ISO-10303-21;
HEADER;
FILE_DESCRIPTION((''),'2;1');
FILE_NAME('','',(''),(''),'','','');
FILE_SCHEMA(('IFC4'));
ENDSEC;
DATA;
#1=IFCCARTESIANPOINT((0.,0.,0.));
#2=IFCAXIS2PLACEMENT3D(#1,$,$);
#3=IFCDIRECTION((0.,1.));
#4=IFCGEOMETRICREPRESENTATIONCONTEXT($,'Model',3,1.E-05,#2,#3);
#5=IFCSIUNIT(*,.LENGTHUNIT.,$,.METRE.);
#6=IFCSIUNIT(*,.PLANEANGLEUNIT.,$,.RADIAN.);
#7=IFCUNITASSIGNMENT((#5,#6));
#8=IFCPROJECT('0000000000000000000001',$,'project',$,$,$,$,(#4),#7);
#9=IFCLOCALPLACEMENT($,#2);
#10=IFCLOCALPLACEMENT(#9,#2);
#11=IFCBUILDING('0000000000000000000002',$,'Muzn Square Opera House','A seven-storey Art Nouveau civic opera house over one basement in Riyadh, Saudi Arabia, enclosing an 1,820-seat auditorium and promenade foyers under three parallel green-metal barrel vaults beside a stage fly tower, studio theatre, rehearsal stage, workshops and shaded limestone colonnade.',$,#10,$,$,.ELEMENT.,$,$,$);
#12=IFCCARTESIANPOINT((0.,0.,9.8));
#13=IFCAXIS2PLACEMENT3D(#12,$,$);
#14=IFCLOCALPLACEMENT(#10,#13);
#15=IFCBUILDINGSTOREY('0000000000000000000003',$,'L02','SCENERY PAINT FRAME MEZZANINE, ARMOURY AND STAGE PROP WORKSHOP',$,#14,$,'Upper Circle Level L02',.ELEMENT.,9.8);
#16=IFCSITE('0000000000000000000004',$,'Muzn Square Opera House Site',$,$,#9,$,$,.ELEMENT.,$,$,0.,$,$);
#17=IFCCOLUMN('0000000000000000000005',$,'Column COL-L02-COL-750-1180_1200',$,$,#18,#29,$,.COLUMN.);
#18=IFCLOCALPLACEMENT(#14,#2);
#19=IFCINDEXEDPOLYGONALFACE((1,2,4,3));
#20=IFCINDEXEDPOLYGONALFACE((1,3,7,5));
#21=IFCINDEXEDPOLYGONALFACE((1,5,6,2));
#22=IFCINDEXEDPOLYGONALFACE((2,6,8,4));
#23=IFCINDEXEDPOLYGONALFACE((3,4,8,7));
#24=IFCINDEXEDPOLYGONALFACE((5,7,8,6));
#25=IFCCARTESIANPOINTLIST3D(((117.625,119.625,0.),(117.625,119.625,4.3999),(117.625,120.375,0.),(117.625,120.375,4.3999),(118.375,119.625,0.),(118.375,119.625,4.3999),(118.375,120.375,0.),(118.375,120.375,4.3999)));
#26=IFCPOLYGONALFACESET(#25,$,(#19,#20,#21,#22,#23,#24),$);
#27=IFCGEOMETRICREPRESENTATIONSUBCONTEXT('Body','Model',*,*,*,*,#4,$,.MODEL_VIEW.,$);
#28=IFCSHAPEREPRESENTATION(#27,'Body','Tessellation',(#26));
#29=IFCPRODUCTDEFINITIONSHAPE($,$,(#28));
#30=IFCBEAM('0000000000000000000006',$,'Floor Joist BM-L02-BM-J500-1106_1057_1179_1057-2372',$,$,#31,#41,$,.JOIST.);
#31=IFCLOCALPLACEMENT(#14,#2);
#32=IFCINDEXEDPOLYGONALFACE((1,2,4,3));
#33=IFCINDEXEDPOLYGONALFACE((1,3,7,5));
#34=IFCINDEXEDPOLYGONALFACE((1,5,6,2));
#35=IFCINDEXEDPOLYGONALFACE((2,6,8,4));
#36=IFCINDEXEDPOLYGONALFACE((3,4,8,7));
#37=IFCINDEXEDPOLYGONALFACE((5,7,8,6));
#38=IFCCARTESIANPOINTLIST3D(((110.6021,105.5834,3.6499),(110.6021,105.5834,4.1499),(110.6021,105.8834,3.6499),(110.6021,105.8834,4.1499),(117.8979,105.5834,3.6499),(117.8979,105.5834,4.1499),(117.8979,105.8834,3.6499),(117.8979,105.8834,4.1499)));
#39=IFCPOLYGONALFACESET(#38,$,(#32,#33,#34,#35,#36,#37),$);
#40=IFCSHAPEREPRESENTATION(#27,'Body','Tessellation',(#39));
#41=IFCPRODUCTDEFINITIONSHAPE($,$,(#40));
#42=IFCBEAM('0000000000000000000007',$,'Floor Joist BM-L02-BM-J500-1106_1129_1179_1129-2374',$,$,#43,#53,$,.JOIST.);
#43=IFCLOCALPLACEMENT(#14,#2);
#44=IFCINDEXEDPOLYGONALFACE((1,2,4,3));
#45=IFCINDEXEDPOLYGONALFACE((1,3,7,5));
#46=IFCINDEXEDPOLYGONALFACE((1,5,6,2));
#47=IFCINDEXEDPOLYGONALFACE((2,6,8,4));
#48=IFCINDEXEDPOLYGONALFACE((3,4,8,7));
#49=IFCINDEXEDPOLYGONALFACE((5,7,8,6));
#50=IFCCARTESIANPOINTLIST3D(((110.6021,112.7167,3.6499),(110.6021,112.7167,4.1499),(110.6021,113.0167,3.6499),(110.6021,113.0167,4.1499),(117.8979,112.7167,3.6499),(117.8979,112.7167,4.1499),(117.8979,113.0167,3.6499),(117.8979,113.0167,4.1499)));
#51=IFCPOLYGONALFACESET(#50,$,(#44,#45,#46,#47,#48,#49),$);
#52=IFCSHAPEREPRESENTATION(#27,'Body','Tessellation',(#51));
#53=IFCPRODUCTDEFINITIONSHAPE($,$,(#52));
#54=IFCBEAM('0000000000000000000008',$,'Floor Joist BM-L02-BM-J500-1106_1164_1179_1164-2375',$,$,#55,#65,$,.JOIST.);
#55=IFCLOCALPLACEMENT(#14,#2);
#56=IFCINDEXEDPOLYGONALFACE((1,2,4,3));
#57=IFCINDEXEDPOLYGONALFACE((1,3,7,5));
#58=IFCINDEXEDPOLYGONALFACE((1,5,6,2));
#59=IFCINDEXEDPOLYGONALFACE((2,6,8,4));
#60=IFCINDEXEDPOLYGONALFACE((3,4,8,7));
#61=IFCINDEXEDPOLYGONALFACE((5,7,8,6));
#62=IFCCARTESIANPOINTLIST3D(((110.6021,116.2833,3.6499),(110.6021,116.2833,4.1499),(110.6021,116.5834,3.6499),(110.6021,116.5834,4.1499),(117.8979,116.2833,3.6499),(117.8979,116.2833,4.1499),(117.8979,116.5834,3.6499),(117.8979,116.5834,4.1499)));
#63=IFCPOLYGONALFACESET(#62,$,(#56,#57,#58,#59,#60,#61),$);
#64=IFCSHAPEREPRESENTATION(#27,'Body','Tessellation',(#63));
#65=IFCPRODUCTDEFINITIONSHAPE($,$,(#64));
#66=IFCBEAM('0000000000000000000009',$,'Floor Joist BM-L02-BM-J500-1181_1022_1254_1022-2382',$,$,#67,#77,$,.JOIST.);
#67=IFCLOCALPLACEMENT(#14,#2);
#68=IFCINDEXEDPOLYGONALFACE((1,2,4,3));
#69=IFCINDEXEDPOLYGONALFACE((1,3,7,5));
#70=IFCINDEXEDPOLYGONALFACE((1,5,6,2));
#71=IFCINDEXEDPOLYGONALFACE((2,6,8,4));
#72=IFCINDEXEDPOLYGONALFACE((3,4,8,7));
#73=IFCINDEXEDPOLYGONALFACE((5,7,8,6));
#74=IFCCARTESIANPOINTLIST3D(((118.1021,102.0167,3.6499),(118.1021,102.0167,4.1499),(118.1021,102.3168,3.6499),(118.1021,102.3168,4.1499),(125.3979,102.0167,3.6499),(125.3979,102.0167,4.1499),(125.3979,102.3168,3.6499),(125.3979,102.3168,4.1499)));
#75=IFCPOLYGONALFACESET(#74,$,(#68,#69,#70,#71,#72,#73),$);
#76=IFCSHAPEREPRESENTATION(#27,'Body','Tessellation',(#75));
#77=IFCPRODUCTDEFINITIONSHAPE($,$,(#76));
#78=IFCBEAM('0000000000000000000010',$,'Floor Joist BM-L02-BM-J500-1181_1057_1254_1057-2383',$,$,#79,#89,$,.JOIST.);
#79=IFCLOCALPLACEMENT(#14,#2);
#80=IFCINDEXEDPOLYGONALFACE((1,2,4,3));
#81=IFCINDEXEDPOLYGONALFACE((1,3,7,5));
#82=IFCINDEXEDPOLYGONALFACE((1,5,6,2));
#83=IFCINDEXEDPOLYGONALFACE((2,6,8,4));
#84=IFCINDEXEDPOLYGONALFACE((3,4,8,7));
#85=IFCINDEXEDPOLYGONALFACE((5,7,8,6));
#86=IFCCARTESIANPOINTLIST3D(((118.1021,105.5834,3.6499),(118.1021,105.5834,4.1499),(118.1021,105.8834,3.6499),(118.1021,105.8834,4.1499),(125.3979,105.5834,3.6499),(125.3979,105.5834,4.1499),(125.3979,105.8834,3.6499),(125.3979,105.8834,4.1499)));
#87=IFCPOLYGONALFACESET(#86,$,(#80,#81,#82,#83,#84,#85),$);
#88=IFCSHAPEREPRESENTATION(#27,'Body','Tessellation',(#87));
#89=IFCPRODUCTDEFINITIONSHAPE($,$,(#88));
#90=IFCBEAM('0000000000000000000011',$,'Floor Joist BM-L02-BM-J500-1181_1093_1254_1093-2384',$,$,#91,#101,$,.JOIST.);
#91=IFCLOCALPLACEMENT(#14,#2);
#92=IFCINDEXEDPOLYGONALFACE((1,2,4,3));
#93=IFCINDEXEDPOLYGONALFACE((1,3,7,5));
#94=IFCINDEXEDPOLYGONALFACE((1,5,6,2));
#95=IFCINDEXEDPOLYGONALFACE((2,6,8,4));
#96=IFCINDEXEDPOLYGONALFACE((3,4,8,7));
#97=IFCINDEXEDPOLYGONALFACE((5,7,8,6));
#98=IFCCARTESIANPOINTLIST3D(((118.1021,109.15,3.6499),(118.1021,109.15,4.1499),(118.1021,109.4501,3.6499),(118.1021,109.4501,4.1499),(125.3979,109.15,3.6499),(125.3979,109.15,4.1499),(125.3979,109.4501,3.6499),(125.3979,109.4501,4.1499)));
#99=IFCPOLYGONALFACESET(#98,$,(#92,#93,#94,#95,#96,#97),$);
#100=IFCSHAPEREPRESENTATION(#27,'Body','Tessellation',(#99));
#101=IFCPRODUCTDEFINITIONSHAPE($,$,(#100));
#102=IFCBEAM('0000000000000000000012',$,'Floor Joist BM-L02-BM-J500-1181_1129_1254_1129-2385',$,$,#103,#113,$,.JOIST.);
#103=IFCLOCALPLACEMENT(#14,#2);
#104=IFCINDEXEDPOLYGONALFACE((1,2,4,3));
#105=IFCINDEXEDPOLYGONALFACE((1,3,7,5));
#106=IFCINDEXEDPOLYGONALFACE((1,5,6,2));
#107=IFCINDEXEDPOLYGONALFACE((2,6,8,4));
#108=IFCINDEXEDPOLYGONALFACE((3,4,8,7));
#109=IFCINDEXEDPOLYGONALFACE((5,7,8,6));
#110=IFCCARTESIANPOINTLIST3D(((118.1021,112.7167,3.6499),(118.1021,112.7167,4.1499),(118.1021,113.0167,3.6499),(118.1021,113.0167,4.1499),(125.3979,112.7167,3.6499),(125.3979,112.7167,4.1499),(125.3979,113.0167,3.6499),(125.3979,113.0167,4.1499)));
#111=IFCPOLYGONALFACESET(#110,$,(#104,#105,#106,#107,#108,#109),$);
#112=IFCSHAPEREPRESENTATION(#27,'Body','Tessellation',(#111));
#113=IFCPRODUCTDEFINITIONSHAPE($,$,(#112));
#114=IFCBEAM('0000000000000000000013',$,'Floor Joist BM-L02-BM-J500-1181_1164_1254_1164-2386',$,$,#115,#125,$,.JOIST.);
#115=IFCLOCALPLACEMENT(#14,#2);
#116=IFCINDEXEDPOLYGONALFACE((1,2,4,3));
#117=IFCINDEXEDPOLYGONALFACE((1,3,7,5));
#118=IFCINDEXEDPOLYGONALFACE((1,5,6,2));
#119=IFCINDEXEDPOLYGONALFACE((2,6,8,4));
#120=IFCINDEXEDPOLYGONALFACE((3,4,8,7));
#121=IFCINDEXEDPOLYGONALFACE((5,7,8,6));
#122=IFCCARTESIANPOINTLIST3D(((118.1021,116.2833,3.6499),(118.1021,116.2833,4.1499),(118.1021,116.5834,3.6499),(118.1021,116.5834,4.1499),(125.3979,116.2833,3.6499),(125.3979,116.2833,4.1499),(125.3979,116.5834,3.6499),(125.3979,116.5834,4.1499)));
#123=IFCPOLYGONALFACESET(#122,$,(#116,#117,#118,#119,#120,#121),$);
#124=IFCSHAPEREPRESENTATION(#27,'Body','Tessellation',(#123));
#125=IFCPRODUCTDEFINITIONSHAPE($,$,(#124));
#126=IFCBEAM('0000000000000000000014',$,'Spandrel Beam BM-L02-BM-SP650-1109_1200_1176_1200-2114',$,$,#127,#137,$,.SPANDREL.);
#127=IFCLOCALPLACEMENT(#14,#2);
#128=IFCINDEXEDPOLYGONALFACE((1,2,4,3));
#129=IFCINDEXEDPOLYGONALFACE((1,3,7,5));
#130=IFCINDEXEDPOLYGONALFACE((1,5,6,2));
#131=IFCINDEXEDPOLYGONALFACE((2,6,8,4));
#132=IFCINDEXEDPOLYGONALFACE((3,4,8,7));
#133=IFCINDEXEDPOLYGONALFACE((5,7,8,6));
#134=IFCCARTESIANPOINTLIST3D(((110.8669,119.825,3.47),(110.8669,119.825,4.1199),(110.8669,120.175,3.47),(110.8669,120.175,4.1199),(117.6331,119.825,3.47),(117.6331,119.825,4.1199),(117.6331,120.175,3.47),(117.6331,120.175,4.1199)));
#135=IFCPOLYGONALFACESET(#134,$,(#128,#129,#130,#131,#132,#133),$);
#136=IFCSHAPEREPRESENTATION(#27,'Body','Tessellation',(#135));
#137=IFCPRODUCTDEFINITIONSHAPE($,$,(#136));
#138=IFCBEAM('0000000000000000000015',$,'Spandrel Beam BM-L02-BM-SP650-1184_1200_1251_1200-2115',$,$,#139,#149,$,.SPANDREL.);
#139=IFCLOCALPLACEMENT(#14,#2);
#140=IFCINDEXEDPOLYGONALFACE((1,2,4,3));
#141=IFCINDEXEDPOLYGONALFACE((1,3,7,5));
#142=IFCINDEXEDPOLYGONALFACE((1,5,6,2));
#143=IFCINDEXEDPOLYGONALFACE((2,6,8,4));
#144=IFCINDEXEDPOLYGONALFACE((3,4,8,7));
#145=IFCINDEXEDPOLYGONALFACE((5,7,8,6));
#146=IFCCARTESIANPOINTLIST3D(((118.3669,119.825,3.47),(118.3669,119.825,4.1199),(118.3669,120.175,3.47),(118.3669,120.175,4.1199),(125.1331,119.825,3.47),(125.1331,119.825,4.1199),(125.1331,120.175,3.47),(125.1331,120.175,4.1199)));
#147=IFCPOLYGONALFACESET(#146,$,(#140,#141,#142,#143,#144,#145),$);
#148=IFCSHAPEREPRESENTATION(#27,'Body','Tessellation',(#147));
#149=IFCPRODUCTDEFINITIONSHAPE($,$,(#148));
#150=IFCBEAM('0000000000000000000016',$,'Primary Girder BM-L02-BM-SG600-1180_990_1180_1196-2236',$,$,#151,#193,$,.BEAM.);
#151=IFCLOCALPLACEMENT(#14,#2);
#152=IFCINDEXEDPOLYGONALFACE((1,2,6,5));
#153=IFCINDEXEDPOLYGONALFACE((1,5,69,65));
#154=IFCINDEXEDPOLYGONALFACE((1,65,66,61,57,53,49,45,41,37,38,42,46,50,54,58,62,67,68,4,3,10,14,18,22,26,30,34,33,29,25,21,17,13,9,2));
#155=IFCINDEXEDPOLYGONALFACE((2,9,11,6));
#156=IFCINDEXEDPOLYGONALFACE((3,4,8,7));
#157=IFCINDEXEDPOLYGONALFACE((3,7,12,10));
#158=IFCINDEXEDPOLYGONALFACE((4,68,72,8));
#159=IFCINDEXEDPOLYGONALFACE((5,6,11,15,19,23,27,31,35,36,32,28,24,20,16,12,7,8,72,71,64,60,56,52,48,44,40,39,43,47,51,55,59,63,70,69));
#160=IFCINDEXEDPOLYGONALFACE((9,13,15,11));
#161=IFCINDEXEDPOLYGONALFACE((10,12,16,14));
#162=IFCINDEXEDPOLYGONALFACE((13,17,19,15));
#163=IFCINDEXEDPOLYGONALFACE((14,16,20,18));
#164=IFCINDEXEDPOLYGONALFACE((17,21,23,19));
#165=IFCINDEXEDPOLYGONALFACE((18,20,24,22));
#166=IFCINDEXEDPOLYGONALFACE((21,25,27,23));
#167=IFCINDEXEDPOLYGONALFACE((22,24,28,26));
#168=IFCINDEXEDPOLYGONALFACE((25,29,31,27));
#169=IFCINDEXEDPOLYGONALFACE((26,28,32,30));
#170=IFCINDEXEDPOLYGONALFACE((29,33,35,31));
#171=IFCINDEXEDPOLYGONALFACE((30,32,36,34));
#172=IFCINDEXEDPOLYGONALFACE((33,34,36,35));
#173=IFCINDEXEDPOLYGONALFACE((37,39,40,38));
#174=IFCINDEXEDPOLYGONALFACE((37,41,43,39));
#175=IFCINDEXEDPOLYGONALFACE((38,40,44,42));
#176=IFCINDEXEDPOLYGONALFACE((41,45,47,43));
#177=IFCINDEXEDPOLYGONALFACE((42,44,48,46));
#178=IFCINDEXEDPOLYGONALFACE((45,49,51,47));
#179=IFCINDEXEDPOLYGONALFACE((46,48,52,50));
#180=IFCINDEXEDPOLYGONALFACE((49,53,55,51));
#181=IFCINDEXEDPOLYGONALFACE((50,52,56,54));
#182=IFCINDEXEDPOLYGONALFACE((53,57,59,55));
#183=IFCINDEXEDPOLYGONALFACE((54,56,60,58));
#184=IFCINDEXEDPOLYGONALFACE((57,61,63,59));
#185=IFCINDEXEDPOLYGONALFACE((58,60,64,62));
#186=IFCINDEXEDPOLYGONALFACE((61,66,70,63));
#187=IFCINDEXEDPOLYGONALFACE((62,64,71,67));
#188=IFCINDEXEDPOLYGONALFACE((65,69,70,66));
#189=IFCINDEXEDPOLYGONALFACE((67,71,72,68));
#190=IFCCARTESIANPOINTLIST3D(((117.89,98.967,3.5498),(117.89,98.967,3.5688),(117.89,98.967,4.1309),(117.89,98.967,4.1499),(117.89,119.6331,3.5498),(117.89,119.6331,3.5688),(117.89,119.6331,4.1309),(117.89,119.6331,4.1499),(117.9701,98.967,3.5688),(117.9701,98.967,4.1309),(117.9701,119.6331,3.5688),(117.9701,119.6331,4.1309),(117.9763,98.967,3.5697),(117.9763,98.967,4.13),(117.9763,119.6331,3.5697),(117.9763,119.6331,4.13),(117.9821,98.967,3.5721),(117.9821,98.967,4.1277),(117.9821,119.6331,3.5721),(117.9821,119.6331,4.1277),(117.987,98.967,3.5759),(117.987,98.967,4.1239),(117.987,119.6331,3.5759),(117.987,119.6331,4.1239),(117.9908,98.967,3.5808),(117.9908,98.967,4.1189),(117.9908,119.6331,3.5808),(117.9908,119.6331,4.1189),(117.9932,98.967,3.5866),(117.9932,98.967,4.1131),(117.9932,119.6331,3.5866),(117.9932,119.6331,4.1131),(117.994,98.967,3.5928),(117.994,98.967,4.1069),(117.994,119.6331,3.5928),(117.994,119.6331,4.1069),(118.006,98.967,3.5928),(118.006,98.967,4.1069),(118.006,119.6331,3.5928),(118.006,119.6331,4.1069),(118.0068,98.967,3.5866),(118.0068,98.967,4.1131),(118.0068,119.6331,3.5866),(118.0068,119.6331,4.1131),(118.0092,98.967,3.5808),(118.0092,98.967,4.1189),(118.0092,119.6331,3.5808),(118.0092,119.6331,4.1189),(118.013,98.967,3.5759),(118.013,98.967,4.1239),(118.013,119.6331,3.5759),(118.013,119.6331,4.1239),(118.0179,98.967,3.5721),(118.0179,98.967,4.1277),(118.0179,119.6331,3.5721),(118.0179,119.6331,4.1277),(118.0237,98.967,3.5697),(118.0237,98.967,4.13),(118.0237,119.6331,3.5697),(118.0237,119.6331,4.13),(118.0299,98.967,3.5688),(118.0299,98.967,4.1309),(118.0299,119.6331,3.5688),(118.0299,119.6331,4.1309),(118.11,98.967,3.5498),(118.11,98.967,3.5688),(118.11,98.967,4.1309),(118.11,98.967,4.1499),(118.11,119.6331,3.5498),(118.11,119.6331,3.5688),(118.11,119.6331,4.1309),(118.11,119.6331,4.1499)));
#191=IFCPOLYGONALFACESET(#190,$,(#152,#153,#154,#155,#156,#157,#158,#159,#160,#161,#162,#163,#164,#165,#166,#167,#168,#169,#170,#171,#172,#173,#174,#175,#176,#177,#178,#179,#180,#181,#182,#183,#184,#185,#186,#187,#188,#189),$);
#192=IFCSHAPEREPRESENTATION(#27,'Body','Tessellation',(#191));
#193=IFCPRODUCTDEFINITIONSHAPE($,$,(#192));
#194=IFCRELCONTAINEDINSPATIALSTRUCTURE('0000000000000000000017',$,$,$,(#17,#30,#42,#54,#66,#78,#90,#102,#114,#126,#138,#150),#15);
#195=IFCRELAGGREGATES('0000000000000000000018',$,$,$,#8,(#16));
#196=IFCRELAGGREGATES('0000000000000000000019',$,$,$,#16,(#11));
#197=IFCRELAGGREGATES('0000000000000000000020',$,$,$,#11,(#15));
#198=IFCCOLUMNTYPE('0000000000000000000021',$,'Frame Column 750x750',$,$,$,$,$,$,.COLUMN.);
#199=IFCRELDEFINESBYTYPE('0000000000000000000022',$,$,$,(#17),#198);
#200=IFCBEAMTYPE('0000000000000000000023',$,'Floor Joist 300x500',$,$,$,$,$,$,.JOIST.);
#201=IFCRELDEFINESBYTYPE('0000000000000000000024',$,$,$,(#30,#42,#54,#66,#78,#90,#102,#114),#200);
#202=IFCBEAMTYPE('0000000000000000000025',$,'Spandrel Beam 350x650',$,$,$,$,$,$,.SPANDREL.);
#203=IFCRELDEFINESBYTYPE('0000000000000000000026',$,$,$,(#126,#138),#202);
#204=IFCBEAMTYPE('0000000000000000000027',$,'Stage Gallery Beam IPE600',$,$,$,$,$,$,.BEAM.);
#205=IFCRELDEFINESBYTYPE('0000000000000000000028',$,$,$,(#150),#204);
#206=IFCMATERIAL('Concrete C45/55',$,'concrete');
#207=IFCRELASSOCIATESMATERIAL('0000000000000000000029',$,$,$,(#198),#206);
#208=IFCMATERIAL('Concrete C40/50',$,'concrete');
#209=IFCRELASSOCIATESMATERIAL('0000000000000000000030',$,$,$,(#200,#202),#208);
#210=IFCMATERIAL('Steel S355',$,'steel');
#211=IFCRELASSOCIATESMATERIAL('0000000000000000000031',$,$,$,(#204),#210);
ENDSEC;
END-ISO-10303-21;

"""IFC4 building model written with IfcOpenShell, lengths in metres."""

from ifc_helpers import new_model, si_unit, direction, frame, origin, origin_2d, place, context, subcontext, project, spatial, rectangle, i_section, extrude, material, material_profile, profile_set, type_object, element, save


model = new_model("IFC4")

# Units and contexts
model_context = context("Model", 3, precision=1e-05, world=origin(), true_north=direction((0.0, 1.0)))
body_context = subcontext(model_context, "Body", "Model", "MODEL_VIEW")
ifc_project = project(units=[si_unit("LENGTHUNIT", "METRE"), si_unit("PLANEANGLEUNIT", "RADIAN")], contexts=[model_context])

# Site, building, storey
site_placement = place(None, origin())
site = spatial("IfcSite", under=ifc_project, at=site_placement, Name="Muzn Square Opera House Site", CompositionType="ELEMENT", RefElevation=0.0)
building_placement = place(site_placement, origin())
building = spatial("IfcBuilding", under=site, at=building_placement, Name="Muzn Square Opera House", Description="A seven-storey Art Nouveau civic opera house over one basement in Riyadh, Saudi Arabia, enclosing an 1,820-seat auditorium and promenade foyers under three parallel green-metal barrel vaults beside a stage fly tower, studio theatre, rehearsal stage, workshops and shaded limestone colonnade.", CompositionType="ELEMENT")
storey_placement = place(building_placement, frame((0.0, 0.0, 9.8)))
storey = spatial("IfcBuildingStorey", under=building, at=storey_placement, Name="L02", Description="SCENERY PAINT FRAME MEZZANINE, ARMOURY AND STAGE PROP WORKSHOP", LongName="Upper Circle Level L02", CompositionType="ELEMENT", Elevation=9.8)

# Column
ifc_material_1 = material(Name="Concrete C45/55", Category="concrete")
ifc_material_profile_1 = material_profile(ifc_material_1, rectangle(XDim=0.75, YDim=0.75, at=origin_2d()), Name="RC 750x750", Category="concrete")
ifc_profile_set_1 = profile_set([ifc_material_profile_1], Name="Concrete C45/55")
column_type = type_object("IfcColumnType", Name="Frame Column 750x750", PredefinedType="COLUMN", material=ifc_profile_set_1)
column_placement = place(storey_placement, frame((118.0, 120.0, 0.0), z_axis=(0.0, 0.0, 1.0), x_axis=(1.0, 0.0, 0.0)))
element("IfcColumn", 1, at=column_placement, inside=storey, type_object=column_type, Name="Column COL-L02-COL-750-1180_1200", PredefinedType="COLUMN", context=body_context, shape_type="SweptSolid", body=[
    extrude(rectangle(XDim=0.75, YDim=0.75, at=origin_2d()), origin(), (0.0, 0.0, 1.0), 4.3999),
])

# Beams
ifc_material_2 = material(Name="Concrete C40/50", Category="concrete")
ifc_material_profile_2 = material_profile(ifc_material_2, rectangle(XDim=0.3, YDim=0.5, at=origin_2d()), Name="RCJ 300x500", Category="concrete")
ifc_profile_set_2 = profile_set([ifc_material_profile_2], Name="Concrete C40/50")
beam_type_1 = type_object("IfcBeamType", Name="Floor Joist 300x500", PredefinedType="JOIST", material=ifc_profile_set_2)
for number, where, z_axis, x_axis, name in (
    (2, (110.6021, 105.7334, 3.8999), (1.0, 0.0, 0.0), (0.0, 1.0, 0.0), "Floor Joist BM-L02-BM-J500-1106_1057_1179_1057-2372"),
    (3, (110.6021, 112.8667, 3.8999), (1.0, 0.0, 0.0), (0.0, 1.0, 0.0), "Floor Joist BM-L02-BM-J500-1106_1129_1179_1129-2374"),
    (4, (110.6021, 116.4333, 3.8999), (1.0, 0.0, 0.0), (0.0, 1.0, 0.0), "Floor Joist BM-L02-BM-J500-1106_1164_1179_1164-2375"),
    (5, (118.1021, 102.1667, 3.8999), (1.0, 0.0, 0.0), (0.0, 1.0, 0.0), "Floor Joist BM-L02-BM-J500-1181_1022_1254_1022-2382"),
    (6, (118.1021, 105.7334, 3.8999), (1.0, 0.0, 0.0), (0.0, 1.0, 0.0), "Floor Joist BM-L02-BM-J500-1181_1057_1254_1057-2383"),
    (7, (118.1021, 109.3, 3.8999), (1.0, 0.0, 0.0), (0.0, 1.0, 0.0), "Floor Joist BM-L02-BM-J500-1181_1093_1254_1093-2384"),
    (8, (118.1021, 112.8667, 3.8999), (1.0, 0.0, 0.0), (0.0, 1.0, 0.0), "Floor Joist BM-L02-BM-J500-1181_1129_1254_1129-2385"),
    (9, (118.1021, 116.4333, 3.8999), (1.0, 0.0, 0.0), (0.0, 1.0, 0.0), "Floor Joist BM-L02-BM-J500-1181_1164_1254_1164-2386"),
):
    element("IfcBeam", number, at=place(storey_placement, frame(where, z_axis=z_axis, x_axis=x_axis)), inside=storey, type_object=beam_type_1, Name=name, PredefinedType="JOIST", context=body_context, shape_type="SweptSolid", body=[
        extrude(rectangle(XDim=0.3, YDim=0.5, at=origin_2d()), origin(), (0.0, 0.0, 1.0), 7.2959),
    ])
ifc_material_profile_3 = material_profile(ifc_material_2, rectangle(XDim=0.3501, YDim=0.6499, at=origin_2d()), Name="RCS 350x650", Category="concrete")
ifc_profile_set_3 = profile_set([ifc_material_profile_3], Name="Concrete C40/50")
beam_type_2 = type_object("IfcBeamType", Name="Spandrel Beam 350x650", PredefinedType="SPANDREL", material=ifc_profile_set_3)
for number, where, z_axis, x_axis, name in (
    (10, (110.8669, 120.0, 3.7949), (1.0, 0.0, 0.0), (0.0, 1.0, 0.0), "Spandrel Beam BM-L02-BM-SP650-1109_1200_1176_1200-2114"),
    (11, (118.3669, 120.0, 3.7949), (1.0, 0.0, 0.0), (0.0, 1.0, 0.0), "Spandrel Beam BM-L02-BM-SP650-1184_1200_1251_1200-2115"),
):
    element("IfcBeam", number, at=place(storey_placement, frame(where, z_axis=z_axis, x_axis=x_axis)), inside=storey, type_object=beam_type_2, Name=name, PredefinedType="SPANDREL", context=body_context, shape_type="SweptSolid", body=[
        extrude(rectangle(XDim=0.3501, YDim=0.6499, at=origin_2d()), origin(), (0.0, 0.0, 1.0), 6.7661),
    ])
ifc_material_3 = material(Name="Steel S355", Category="steel")
ifc_material_profile_4 = material_profile(ifc_material_3, i_section(OverallWidth=0.22, OverallDepth=0.6001, WebThickness=0.012, FlangeThickness=0.019, FilletRadius=0.0239, at=origin_2d()), Name="IPE 600", Category="steel")
ifc_profile_set_4 = profile_set([ifc_material_profile_4], Name="Steel S355")
beam_type_3 = type_object("IfcBeamType", Name="Stage Gallery Beam IPE600", PredefinedType="BEAM", material=ifc_profile_set_4)
beam_placement = place(storey_placement, frame((118.0, 98.967, 3.8499), z_axis=(0.0, 1.0, 0.0), x_axis=(-1.0, 0.0, 0.0)))
element("IfcBeam", 12, at=beam_placement, inside=storey, type_object=beam_type_3, Name="Primary Girder BM-L02-BM-SG600-1180_990_1180_1196-2236", PredefinedType="BEAM", context=body_context, shape_type="SweptSolid", body=[
    extrude(i_section(OverallWidth=0.22, OverallDepth=0.6001, WebThickness=0.012, FlangeThickness=0.019, FilletRadius=0.0239, at=origin_2d()), origin(), (0.0, 0.0, 1.0), 20.666),
])

save(model, "model.ifc")
